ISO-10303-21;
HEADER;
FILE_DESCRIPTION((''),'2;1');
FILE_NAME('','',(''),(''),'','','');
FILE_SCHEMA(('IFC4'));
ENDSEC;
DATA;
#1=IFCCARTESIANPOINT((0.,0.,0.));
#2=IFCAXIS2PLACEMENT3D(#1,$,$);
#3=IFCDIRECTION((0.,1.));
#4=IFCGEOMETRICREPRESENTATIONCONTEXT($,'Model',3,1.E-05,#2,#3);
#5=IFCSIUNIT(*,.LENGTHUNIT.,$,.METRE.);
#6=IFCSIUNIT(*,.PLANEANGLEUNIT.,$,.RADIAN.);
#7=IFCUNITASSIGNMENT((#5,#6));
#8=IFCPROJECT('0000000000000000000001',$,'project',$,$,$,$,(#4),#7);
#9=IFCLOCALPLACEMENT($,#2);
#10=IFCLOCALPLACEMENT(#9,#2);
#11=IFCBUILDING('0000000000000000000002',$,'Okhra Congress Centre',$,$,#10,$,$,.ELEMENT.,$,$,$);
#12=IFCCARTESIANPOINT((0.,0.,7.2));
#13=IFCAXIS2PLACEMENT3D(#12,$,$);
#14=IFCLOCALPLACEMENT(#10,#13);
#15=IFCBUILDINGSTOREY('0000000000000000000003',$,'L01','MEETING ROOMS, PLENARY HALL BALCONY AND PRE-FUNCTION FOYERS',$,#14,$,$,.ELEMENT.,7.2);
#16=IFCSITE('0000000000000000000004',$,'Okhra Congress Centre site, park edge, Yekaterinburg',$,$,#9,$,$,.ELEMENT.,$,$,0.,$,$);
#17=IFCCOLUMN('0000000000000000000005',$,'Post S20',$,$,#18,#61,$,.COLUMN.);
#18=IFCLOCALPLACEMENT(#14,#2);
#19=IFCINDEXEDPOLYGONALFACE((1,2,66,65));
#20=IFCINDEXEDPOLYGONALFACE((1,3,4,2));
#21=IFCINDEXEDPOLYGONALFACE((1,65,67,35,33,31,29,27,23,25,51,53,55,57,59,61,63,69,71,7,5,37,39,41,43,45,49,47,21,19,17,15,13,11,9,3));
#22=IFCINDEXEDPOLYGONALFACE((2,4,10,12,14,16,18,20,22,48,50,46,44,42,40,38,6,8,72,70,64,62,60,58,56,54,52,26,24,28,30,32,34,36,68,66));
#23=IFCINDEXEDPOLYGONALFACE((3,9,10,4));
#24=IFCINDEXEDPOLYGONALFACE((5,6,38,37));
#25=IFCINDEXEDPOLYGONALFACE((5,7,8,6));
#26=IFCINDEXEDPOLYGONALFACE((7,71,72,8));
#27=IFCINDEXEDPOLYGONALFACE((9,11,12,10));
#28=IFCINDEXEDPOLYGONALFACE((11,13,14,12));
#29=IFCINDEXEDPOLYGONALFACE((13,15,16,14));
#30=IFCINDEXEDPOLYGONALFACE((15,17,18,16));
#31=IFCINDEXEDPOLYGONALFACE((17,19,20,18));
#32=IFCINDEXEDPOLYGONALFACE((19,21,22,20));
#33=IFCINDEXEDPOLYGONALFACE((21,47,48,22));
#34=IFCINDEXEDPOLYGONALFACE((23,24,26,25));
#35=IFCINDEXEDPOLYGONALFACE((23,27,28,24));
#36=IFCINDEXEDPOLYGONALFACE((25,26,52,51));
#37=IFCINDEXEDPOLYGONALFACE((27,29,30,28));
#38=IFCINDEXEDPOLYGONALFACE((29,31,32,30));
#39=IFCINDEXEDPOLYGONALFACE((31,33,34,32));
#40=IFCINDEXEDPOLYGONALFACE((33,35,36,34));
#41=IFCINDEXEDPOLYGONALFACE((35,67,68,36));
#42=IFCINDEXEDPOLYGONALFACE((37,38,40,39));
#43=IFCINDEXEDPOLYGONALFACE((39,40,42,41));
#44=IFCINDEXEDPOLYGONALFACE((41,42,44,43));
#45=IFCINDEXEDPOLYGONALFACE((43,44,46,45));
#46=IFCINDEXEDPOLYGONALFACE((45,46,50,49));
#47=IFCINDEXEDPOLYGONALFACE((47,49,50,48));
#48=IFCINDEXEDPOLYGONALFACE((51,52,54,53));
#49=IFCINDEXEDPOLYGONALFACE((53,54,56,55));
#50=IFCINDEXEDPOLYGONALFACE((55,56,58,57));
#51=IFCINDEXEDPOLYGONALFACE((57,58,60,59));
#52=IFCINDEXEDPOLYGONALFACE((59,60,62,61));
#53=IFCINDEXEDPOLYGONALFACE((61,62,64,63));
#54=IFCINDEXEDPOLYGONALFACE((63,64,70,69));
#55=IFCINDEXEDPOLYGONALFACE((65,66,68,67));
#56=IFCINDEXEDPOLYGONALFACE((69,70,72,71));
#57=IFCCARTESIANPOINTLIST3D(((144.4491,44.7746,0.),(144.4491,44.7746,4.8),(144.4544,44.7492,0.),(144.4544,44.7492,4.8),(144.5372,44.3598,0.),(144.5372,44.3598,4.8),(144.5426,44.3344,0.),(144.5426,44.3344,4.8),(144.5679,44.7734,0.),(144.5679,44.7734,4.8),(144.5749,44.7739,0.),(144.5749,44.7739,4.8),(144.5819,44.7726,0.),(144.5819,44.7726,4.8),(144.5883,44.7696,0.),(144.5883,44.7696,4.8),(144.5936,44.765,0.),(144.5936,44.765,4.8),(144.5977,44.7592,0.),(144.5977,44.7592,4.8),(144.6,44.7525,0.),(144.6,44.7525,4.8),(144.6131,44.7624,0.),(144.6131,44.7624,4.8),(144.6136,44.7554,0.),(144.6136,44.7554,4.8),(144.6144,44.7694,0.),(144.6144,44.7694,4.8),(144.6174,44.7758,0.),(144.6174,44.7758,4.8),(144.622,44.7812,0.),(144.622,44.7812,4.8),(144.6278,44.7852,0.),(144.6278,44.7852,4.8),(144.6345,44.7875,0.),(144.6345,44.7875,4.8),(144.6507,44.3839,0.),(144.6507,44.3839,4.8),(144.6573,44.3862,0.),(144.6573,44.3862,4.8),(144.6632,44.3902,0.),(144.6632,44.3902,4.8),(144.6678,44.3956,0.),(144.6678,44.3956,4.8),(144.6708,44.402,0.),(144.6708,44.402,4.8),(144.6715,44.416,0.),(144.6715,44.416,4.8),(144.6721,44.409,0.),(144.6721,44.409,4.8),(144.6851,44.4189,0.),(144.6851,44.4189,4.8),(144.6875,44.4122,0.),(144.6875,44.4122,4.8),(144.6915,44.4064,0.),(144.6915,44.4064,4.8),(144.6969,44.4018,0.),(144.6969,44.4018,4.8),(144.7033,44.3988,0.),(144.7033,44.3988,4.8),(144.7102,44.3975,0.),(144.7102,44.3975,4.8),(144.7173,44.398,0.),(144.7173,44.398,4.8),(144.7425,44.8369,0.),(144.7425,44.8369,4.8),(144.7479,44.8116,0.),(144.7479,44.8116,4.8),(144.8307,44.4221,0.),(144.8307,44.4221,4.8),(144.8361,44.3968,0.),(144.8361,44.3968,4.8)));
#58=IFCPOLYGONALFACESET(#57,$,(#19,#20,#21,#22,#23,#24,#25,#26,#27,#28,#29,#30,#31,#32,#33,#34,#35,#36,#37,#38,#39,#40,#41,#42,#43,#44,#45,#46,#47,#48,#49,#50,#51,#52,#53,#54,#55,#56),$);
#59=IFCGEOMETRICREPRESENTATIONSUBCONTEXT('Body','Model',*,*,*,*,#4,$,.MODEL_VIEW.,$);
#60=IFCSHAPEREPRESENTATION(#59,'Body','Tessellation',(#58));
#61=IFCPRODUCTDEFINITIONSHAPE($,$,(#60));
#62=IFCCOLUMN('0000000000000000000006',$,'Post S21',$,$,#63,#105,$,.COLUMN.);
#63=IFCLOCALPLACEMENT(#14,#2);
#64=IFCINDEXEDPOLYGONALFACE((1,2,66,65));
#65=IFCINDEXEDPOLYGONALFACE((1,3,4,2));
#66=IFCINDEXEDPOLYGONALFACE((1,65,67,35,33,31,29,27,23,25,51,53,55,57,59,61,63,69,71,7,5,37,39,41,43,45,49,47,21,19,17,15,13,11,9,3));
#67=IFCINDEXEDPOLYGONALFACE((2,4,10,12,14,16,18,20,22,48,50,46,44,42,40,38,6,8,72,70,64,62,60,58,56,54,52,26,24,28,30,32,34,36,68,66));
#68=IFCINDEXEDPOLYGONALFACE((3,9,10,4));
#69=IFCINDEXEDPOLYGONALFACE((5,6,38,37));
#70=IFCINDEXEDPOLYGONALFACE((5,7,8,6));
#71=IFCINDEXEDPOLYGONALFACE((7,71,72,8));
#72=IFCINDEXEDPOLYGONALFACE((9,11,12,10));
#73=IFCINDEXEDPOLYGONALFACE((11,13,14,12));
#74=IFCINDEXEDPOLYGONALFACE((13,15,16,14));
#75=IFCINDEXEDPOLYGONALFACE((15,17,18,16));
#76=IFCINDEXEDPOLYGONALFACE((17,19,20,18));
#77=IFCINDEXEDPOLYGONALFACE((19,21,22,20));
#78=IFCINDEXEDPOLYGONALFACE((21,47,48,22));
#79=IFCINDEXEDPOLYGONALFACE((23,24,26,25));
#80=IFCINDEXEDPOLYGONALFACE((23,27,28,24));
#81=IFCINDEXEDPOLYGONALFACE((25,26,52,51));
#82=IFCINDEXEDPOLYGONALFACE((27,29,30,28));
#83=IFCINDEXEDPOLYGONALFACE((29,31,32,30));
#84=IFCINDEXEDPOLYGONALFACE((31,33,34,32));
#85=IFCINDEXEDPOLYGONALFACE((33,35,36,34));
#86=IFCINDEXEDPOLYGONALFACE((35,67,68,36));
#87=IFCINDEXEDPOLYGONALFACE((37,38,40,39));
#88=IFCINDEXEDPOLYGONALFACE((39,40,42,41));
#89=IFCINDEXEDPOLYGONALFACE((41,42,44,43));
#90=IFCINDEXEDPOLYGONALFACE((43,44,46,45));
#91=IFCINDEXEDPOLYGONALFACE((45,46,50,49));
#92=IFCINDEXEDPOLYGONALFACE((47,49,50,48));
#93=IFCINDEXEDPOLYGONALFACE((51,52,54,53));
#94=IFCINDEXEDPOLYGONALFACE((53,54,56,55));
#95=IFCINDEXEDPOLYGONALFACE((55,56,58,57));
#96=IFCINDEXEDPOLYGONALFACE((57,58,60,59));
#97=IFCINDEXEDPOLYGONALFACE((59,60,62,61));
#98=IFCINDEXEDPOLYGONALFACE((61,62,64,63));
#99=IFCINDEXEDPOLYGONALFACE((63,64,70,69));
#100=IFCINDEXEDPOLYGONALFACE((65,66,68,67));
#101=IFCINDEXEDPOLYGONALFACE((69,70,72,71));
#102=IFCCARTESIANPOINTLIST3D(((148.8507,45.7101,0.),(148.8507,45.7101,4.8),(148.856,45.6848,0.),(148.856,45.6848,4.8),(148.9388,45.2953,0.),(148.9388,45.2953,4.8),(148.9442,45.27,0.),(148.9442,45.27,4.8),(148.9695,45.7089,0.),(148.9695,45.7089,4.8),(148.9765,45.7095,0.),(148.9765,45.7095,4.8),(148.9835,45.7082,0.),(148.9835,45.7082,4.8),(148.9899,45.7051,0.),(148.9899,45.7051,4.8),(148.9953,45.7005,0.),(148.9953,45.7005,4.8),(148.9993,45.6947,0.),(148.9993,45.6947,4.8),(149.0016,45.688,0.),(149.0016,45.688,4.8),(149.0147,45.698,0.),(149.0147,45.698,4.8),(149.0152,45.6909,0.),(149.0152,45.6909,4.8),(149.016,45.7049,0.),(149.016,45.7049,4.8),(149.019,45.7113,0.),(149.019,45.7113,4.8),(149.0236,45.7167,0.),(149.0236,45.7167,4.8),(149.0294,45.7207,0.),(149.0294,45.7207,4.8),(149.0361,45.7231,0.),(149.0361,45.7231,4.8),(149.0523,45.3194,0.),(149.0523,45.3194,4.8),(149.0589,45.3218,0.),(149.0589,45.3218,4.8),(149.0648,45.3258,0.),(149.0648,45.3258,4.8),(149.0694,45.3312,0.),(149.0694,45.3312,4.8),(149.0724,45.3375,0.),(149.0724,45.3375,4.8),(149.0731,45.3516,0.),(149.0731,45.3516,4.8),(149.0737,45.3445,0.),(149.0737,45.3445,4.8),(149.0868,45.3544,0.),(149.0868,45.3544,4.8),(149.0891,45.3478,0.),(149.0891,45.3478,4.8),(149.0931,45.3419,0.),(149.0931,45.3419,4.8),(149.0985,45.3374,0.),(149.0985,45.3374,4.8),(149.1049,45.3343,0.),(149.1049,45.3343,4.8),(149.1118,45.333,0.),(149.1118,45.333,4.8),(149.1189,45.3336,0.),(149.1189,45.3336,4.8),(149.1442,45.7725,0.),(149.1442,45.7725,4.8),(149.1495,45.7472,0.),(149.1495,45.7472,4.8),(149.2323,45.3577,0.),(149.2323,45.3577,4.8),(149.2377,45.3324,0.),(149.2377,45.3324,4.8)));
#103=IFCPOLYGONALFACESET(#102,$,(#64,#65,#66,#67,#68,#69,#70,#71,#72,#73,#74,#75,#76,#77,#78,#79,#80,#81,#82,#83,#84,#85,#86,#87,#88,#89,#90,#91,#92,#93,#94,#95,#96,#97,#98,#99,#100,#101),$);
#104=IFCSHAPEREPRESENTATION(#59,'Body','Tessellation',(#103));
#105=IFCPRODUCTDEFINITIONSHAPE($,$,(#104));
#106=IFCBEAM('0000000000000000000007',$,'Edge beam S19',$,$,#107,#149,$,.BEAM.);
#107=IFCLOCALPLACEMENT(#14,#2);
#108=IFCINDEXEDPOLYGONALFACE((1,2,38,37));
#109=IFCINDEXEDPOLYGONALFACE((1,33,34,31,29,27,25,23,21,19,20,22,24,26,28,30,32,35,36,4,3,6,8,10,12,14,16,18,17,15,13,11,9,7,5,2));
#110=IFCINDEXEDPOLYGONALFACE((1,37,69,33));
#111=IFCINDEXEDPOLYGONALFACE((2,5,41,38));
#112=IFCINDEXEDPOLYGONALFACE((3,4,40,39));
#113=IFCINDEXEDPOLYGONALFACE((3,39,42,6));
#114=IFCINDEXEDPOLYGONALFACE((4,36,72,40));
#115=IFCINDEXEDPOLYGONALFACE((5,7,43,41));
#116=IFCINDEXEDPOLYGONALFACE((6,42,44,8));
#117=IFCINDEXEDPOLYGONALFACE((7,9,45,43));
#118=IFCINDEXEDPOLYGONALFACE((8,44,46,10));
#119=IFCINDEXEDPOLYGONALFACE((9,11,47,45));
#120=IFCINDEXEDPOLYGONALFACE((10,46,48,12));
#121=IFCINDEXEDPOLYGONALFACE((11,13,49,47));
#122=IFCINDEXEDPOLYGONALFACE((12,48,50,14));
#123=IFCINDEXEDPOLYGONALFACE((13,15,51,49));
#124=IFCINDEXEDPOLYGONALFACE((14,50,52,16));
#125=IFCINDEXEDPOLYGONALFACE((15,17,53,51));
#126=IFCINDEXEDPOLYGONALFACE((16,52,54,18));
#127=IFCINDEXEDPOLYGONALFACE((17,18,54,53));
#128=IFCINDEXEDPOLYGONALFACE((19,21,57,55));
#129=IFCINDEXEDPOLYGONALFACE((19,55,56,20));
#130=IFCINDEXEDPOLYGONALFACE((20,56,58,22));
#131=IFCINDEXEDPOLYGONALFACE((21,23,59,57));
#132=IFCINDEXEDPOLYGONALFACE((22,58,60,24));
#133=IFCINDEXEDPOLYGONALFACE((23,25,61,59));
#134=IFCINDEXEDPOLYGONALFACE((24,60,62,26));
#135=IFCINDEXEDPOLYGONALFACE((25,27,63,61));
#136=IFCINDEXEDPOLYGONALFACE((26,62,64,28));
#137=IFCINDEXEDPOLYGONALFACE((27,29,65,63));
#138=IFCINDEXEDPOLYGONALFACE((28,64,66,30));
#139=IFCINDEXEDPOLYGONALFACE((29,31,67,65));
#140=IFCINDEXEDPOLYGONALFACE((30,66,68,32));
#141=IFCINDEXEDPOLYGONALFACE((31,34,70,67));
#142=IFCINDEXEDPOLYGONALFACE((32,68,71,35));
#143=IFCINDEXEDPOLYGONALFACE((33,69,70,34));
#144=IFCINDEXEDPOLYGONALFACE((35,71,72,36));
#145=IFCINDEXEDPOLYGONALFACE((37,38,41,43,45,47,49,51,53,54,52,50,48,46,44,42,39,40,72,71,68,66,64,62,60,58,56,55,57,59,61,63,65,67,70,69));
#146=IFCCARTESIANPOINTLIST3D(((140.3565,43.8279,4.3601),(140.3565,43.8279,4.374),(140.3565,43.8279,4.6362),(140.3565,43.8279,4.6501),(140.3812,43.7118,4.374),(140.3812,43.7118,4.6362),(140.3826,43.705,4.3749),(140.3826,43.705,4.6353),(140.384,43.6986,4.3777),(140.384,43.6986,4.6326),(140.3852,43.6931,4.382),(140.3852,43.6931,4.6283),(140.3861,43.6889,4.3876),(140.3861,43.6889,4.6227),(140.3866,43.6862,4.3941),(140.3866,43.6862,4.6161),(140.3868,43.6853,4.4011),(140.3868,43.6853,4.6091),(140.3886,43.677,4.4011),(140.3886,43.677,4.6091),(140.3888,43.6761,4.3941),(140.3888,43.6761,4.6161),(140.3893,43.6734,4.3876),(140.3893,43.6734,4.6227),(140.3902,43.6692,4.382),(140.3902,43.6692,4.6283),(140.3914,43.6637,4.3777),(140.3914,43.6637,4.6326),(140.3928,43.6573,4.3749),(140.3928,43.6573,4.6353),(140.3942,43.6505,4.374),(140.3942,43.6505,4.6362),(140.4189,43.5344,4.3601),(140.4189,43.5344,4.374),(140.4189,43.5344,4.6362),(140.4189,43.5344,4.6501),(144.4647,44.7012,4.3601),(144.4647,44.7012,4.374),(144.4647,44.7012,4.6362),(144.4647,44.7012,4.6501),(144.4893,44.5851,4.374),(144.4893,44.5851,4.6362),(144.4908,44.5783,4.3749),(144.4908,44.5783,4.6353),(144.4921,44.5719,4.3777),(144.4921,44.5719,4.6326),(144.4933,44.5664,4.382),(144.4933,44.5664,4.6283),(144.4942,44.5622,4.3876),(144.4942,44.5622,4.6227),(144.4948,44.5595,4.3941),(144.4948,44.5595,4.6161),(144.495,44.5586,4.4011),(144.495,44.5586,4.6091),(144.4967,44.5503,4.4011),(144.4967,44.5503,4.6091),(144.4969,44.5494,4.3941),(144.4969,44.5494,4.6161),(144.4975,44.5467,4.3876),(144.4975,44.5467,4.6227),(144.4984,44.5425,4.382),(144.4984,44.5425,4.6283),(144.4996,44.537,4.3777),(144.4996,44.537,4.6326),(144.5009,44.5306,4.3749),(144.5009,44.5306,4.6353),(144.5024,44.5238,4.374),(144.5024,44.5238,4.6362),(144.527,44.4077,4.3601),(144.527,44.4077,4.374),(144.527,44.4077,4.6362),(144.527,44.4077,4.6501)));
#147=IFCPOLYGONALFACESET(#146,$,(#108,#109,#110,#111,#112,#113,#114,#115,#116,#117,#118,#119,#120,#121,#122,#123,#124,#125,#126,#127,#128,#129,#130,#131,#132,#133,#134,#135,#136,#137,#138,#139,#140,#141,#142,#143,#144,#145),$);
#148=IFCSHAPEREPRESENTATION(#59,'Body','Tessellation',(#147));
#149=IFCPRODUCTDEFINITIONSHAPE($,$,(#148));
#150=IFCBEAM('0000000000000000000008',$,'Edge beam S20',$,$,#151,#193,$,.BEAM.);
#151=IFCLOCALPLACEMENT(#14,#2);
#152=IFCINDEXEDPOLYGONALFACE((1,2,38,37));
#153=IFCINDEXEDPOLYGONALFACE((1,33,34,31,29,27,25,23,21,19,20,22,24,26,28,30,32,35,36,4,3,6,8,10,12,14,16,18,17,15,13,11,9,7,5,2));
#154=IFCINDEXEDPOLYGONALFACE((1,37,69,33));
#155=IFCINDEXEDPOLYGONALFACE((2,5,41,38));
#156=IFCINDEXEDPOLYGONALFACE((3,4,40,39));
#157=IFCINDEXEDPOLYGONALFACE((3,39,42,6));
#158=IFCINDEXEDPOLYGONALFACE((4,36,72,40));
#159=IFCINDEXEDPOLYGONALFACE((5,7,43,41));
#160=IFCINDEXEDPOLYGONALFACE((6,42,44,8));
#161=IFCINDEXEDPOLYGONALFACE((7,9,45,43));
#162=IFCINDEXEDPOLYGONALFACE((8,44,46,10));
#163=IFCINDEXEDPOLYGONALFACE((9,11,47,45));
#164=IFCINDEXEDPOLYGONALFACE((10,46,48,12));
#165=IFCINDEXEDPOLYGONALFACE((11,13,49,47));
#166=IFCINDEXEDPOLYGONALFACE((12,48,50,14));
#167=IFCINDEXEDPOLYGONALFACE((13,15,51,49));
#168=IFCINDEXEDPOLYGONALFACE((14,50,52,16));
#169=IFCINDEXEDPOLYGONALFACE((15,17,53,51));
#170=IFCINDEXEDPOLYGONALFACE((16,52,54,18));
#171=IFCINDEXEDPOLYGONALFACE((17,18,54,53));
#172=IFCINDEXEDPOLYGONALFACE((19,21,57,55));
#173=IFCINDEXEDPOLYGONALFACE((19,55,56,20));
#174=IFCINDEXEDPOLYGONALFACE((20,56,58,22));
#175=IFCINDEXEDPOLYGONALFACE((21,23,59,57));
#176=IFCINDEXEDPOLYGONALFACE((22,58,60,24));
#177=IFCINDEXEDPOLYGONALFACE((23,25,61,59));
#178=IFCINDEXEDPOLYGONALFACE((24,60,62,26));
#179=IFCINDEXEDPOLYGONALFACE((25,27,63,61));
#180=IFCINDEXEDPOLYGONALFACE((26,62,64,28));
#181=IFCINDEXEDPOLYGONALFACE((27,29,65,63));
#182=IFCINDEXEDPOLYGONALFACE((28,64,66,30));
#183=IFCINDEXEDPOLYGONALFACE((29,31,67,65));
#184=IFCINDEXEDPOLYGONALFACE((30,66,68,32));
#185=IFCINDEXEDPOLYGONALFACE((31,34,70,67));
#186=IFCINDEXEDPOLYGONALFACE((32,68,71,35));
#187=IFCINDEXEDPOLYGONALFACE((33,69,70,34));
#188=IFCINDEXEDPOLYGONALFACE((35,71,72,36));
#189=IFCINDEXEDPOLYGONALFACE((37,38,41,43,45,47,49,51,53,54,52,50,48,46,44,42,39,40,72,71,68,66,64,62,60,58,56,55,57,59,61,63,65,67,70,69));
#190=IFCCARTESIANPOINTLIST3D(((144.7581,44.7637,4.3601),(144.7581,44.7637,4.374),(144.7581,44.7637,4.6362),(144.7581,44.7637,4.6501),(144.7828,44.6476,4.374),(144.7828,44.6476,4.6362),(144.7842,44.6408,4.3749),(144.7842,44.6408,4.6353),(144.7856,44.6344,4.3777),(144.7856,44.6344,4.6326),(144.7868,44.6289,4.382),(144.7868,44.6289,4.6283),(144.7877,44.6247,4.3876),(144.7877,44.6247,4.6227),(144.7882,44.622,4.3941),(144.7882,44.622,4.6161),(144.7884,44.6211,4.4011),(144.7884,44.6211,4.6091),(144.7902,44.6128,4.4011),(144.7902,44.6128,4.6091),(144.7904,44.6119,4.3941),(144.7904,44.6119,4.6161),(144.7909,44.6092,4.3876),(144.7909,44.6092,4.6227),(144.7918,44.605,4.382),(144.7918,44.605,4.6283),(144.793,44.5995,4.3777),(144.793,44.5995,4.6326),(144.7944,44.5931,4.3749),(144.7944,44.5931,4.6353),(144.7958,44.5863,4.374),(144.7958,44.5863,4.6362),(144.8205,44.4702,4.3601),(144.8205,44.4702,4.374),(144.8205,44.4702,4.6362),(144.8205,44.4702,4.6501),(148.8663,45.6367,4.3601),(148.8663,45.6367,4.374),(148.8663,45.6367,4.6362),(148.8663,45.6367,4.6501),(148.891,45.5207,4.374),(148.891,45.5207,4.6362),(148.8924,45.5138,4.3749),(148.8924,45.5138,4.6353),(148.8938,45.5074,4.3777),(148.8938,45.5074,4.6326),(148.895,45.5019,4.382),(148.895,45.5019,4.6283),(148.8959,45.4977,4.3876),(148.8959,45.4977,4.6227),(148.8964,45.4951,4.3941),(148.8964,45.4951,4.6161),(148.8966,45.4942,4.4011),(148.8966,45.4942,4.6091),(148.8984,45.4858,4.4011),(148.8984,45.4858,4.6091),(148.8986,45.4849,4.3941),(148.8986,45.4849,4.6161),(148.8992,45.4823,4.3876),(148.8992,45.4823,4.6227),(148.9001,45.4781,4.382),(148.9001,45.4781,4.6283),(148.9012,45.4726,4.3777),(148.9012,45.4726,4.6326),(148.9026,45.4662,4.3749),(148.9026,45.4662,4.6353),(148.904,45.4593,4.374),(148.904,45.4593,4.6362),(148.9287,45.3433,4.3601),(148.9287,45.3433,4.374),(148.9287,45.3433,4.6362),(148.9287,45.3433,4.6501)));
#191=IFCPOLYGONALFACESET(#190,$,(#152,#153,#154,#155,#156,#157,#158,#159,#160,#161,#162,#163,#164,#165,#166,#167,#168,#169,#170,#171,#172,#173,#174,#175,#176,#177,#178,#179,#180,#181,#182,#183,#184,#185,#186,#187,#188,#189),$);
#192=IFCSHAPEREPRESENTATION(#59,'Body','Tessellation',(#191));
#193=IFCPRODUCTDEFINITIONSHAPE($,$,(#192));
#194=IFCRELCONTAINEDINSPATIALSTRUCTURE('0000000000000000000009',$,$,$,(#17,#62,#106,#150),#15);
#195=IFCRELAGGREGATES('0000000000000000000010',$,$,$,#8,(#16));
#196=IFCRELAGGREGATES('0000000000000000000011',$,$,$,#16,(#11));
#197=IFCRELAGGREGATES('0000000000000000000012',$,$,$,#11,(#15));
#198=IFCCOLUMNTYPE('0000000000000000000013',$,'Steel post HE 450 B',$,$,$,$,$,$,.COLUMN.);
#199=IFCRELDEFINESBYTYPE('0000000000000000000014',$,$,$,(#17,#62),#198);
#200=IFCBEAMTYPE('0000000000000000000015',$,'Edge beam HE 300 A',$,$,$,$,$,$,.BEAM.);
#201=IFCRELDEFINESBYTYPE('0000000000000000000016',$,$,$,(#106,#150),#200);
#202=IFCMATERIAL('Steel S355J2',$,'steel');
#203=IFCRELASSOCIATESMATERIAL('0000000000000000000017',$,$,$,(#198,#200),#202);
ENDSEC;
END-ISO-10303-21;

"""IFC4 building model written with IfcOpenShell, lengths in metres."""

from ifc_helpers import new_model, si_unit, direction, frame, origin, origin_2d, place, context, subcontext, project, spatial, i_section, extrude, material, material_profile, profile_set, type_object, element, save


model = new_model("IFC4")

# Units and contexts
model_context = context("Model", 3, precision=1e-05, world=origin(), true_north=direction((0.0, 1.0)))
body_context = subcontext(model_context, "Body", "Model", "MODEL_VIEW")
ifc_project = project(units=[si_unit("LENGTHUNIT", "METRE"), si_unit("PLANEANGLEUNIT", "RADIAN")], contexts=[model_context])

# Site, building, storey
site_placement = place(None, origin())
site = spatial("IfcSite", under=ifc_project, at=site_placement, Name="Okhra Congress Centre site, park edge, Yekaterinburg", CompositionType="ELEMENT", RefElevation=0.0)
building_placement = place(site_placement, origin())
building = spatial("IfcBuilding", under=site, at=building_placement, Name="Okhra Congress Centre", CompositionType="ELEMENT")
storey_placement = place(building_placement, frame((0.0, 0.0, 7.2)))
storey = spatial("IfcBuildingStorey", under=building, at=storey_placement, Name="L01", Description="MEETING ROOMS, PLENARY HALL BALCONY AND PRE-FUNCTION FOYERS", CompositionType="ELEMENT", Elevation=7.2)

# Columns
ifc_material_1 = material(Name="Steel S355J2", Category="steel")
ifc_material_profile_1 = material_profile(ifc_material_1, i_section(OverallWidth=0.3, OverallDepth=0.45, WebThickness=0.0139, FlangeThickness=0.0259, FilletRadius=0.0271, at=origin_2d()), Name="HE 450 B")
ifc_profile_set_1 = profile_set([ifc_material_profile_1], Name="Steel S355J2")
column_type = type_object("IfcColumnType", Name="Steel post HE 450 B", PredefinedType="COLUMN", material=ifc_profile_set_1)
for number, where, z_axis, x_axis, name in (
    (1, (144.6426, 44.5857, 0.0), (0.0, 0.0, 1.0), (0.978148, 0.207912, 0.0), "Post S20"),
    (2, (149.0442, 45.5212, 0.0), (0.0, 0.0, 1.0), (0.978148, 0.207912, 0.0), "Post S21"),
):
    element("IfcColumn", number, at=place(storey_placement, frame(where, z_axis=z_axis, x_axis=x_axis)), inside=storey, type_object=column_type, Name=name, PredefinedType="COLUMN", context=body_context, shape_type="SweptSolid", body=[
        extrude(i_section(OverallWidth=0.3, OverallDepth=0.45, WebThickness=0.0139, FlangeThickness=0.0259, FilletRadius=0.0271, at=origin_2d()), origin(), (0.0, 0.0, 1.0), 4.8),
    ])

# Beams
ifc_material_profile_2 = material_profile(ifc_material_1, i_section(OverallWidth=0.3, OverallDepth=0.29, WebThickness=0.0085, FlangeThickness=0.0139, FilletRadius=0.0271, at=origin_2d()), Name="HE 300 A")
ifc_profile_set_2 = profile_set([ifc_material_profile_2], Name="Steel S355J2")
beam_type_1 = type_object("IfcBeamType", Name="Edge beam HE 300 A", PredefinedType="BEAM", material=ifc_profile_set_2)
for number, where, z_axis, x_axis, name in (
    (3, (140.3877, 43.6812, 4.5051), (0.978144, 0.207929, 0.0), (-0.207929, 0.978144, 0.0), "Edge beam S19"),
    (4, (144.7893, 44.6169, 4.5051), (0.978156, 0.207873, 0.0), (-0.207873, 0.978156, 0.0), "Edge beam S20"),
):
    element("IfcBeam", number, at=place(storey_placement, frame(where, z_axis=z_axis, x_axis=x_axis)), inside=storey, type_object=beam_type_1, Name=name, PredefinedType="BEAM", context=body_context, shape_type="SweptSolid", body=[
        extrude(i_section(OverallWidth=0.3, OverallDepth=0.29, WebThickness=0.0085, FlangeThickness=0.0139, FilletRadius=0.0271, at=origin_2d()), origin(), (0.0, 0.0, 1.0), 4.2),
    ])

save(model, "model.ifc")
